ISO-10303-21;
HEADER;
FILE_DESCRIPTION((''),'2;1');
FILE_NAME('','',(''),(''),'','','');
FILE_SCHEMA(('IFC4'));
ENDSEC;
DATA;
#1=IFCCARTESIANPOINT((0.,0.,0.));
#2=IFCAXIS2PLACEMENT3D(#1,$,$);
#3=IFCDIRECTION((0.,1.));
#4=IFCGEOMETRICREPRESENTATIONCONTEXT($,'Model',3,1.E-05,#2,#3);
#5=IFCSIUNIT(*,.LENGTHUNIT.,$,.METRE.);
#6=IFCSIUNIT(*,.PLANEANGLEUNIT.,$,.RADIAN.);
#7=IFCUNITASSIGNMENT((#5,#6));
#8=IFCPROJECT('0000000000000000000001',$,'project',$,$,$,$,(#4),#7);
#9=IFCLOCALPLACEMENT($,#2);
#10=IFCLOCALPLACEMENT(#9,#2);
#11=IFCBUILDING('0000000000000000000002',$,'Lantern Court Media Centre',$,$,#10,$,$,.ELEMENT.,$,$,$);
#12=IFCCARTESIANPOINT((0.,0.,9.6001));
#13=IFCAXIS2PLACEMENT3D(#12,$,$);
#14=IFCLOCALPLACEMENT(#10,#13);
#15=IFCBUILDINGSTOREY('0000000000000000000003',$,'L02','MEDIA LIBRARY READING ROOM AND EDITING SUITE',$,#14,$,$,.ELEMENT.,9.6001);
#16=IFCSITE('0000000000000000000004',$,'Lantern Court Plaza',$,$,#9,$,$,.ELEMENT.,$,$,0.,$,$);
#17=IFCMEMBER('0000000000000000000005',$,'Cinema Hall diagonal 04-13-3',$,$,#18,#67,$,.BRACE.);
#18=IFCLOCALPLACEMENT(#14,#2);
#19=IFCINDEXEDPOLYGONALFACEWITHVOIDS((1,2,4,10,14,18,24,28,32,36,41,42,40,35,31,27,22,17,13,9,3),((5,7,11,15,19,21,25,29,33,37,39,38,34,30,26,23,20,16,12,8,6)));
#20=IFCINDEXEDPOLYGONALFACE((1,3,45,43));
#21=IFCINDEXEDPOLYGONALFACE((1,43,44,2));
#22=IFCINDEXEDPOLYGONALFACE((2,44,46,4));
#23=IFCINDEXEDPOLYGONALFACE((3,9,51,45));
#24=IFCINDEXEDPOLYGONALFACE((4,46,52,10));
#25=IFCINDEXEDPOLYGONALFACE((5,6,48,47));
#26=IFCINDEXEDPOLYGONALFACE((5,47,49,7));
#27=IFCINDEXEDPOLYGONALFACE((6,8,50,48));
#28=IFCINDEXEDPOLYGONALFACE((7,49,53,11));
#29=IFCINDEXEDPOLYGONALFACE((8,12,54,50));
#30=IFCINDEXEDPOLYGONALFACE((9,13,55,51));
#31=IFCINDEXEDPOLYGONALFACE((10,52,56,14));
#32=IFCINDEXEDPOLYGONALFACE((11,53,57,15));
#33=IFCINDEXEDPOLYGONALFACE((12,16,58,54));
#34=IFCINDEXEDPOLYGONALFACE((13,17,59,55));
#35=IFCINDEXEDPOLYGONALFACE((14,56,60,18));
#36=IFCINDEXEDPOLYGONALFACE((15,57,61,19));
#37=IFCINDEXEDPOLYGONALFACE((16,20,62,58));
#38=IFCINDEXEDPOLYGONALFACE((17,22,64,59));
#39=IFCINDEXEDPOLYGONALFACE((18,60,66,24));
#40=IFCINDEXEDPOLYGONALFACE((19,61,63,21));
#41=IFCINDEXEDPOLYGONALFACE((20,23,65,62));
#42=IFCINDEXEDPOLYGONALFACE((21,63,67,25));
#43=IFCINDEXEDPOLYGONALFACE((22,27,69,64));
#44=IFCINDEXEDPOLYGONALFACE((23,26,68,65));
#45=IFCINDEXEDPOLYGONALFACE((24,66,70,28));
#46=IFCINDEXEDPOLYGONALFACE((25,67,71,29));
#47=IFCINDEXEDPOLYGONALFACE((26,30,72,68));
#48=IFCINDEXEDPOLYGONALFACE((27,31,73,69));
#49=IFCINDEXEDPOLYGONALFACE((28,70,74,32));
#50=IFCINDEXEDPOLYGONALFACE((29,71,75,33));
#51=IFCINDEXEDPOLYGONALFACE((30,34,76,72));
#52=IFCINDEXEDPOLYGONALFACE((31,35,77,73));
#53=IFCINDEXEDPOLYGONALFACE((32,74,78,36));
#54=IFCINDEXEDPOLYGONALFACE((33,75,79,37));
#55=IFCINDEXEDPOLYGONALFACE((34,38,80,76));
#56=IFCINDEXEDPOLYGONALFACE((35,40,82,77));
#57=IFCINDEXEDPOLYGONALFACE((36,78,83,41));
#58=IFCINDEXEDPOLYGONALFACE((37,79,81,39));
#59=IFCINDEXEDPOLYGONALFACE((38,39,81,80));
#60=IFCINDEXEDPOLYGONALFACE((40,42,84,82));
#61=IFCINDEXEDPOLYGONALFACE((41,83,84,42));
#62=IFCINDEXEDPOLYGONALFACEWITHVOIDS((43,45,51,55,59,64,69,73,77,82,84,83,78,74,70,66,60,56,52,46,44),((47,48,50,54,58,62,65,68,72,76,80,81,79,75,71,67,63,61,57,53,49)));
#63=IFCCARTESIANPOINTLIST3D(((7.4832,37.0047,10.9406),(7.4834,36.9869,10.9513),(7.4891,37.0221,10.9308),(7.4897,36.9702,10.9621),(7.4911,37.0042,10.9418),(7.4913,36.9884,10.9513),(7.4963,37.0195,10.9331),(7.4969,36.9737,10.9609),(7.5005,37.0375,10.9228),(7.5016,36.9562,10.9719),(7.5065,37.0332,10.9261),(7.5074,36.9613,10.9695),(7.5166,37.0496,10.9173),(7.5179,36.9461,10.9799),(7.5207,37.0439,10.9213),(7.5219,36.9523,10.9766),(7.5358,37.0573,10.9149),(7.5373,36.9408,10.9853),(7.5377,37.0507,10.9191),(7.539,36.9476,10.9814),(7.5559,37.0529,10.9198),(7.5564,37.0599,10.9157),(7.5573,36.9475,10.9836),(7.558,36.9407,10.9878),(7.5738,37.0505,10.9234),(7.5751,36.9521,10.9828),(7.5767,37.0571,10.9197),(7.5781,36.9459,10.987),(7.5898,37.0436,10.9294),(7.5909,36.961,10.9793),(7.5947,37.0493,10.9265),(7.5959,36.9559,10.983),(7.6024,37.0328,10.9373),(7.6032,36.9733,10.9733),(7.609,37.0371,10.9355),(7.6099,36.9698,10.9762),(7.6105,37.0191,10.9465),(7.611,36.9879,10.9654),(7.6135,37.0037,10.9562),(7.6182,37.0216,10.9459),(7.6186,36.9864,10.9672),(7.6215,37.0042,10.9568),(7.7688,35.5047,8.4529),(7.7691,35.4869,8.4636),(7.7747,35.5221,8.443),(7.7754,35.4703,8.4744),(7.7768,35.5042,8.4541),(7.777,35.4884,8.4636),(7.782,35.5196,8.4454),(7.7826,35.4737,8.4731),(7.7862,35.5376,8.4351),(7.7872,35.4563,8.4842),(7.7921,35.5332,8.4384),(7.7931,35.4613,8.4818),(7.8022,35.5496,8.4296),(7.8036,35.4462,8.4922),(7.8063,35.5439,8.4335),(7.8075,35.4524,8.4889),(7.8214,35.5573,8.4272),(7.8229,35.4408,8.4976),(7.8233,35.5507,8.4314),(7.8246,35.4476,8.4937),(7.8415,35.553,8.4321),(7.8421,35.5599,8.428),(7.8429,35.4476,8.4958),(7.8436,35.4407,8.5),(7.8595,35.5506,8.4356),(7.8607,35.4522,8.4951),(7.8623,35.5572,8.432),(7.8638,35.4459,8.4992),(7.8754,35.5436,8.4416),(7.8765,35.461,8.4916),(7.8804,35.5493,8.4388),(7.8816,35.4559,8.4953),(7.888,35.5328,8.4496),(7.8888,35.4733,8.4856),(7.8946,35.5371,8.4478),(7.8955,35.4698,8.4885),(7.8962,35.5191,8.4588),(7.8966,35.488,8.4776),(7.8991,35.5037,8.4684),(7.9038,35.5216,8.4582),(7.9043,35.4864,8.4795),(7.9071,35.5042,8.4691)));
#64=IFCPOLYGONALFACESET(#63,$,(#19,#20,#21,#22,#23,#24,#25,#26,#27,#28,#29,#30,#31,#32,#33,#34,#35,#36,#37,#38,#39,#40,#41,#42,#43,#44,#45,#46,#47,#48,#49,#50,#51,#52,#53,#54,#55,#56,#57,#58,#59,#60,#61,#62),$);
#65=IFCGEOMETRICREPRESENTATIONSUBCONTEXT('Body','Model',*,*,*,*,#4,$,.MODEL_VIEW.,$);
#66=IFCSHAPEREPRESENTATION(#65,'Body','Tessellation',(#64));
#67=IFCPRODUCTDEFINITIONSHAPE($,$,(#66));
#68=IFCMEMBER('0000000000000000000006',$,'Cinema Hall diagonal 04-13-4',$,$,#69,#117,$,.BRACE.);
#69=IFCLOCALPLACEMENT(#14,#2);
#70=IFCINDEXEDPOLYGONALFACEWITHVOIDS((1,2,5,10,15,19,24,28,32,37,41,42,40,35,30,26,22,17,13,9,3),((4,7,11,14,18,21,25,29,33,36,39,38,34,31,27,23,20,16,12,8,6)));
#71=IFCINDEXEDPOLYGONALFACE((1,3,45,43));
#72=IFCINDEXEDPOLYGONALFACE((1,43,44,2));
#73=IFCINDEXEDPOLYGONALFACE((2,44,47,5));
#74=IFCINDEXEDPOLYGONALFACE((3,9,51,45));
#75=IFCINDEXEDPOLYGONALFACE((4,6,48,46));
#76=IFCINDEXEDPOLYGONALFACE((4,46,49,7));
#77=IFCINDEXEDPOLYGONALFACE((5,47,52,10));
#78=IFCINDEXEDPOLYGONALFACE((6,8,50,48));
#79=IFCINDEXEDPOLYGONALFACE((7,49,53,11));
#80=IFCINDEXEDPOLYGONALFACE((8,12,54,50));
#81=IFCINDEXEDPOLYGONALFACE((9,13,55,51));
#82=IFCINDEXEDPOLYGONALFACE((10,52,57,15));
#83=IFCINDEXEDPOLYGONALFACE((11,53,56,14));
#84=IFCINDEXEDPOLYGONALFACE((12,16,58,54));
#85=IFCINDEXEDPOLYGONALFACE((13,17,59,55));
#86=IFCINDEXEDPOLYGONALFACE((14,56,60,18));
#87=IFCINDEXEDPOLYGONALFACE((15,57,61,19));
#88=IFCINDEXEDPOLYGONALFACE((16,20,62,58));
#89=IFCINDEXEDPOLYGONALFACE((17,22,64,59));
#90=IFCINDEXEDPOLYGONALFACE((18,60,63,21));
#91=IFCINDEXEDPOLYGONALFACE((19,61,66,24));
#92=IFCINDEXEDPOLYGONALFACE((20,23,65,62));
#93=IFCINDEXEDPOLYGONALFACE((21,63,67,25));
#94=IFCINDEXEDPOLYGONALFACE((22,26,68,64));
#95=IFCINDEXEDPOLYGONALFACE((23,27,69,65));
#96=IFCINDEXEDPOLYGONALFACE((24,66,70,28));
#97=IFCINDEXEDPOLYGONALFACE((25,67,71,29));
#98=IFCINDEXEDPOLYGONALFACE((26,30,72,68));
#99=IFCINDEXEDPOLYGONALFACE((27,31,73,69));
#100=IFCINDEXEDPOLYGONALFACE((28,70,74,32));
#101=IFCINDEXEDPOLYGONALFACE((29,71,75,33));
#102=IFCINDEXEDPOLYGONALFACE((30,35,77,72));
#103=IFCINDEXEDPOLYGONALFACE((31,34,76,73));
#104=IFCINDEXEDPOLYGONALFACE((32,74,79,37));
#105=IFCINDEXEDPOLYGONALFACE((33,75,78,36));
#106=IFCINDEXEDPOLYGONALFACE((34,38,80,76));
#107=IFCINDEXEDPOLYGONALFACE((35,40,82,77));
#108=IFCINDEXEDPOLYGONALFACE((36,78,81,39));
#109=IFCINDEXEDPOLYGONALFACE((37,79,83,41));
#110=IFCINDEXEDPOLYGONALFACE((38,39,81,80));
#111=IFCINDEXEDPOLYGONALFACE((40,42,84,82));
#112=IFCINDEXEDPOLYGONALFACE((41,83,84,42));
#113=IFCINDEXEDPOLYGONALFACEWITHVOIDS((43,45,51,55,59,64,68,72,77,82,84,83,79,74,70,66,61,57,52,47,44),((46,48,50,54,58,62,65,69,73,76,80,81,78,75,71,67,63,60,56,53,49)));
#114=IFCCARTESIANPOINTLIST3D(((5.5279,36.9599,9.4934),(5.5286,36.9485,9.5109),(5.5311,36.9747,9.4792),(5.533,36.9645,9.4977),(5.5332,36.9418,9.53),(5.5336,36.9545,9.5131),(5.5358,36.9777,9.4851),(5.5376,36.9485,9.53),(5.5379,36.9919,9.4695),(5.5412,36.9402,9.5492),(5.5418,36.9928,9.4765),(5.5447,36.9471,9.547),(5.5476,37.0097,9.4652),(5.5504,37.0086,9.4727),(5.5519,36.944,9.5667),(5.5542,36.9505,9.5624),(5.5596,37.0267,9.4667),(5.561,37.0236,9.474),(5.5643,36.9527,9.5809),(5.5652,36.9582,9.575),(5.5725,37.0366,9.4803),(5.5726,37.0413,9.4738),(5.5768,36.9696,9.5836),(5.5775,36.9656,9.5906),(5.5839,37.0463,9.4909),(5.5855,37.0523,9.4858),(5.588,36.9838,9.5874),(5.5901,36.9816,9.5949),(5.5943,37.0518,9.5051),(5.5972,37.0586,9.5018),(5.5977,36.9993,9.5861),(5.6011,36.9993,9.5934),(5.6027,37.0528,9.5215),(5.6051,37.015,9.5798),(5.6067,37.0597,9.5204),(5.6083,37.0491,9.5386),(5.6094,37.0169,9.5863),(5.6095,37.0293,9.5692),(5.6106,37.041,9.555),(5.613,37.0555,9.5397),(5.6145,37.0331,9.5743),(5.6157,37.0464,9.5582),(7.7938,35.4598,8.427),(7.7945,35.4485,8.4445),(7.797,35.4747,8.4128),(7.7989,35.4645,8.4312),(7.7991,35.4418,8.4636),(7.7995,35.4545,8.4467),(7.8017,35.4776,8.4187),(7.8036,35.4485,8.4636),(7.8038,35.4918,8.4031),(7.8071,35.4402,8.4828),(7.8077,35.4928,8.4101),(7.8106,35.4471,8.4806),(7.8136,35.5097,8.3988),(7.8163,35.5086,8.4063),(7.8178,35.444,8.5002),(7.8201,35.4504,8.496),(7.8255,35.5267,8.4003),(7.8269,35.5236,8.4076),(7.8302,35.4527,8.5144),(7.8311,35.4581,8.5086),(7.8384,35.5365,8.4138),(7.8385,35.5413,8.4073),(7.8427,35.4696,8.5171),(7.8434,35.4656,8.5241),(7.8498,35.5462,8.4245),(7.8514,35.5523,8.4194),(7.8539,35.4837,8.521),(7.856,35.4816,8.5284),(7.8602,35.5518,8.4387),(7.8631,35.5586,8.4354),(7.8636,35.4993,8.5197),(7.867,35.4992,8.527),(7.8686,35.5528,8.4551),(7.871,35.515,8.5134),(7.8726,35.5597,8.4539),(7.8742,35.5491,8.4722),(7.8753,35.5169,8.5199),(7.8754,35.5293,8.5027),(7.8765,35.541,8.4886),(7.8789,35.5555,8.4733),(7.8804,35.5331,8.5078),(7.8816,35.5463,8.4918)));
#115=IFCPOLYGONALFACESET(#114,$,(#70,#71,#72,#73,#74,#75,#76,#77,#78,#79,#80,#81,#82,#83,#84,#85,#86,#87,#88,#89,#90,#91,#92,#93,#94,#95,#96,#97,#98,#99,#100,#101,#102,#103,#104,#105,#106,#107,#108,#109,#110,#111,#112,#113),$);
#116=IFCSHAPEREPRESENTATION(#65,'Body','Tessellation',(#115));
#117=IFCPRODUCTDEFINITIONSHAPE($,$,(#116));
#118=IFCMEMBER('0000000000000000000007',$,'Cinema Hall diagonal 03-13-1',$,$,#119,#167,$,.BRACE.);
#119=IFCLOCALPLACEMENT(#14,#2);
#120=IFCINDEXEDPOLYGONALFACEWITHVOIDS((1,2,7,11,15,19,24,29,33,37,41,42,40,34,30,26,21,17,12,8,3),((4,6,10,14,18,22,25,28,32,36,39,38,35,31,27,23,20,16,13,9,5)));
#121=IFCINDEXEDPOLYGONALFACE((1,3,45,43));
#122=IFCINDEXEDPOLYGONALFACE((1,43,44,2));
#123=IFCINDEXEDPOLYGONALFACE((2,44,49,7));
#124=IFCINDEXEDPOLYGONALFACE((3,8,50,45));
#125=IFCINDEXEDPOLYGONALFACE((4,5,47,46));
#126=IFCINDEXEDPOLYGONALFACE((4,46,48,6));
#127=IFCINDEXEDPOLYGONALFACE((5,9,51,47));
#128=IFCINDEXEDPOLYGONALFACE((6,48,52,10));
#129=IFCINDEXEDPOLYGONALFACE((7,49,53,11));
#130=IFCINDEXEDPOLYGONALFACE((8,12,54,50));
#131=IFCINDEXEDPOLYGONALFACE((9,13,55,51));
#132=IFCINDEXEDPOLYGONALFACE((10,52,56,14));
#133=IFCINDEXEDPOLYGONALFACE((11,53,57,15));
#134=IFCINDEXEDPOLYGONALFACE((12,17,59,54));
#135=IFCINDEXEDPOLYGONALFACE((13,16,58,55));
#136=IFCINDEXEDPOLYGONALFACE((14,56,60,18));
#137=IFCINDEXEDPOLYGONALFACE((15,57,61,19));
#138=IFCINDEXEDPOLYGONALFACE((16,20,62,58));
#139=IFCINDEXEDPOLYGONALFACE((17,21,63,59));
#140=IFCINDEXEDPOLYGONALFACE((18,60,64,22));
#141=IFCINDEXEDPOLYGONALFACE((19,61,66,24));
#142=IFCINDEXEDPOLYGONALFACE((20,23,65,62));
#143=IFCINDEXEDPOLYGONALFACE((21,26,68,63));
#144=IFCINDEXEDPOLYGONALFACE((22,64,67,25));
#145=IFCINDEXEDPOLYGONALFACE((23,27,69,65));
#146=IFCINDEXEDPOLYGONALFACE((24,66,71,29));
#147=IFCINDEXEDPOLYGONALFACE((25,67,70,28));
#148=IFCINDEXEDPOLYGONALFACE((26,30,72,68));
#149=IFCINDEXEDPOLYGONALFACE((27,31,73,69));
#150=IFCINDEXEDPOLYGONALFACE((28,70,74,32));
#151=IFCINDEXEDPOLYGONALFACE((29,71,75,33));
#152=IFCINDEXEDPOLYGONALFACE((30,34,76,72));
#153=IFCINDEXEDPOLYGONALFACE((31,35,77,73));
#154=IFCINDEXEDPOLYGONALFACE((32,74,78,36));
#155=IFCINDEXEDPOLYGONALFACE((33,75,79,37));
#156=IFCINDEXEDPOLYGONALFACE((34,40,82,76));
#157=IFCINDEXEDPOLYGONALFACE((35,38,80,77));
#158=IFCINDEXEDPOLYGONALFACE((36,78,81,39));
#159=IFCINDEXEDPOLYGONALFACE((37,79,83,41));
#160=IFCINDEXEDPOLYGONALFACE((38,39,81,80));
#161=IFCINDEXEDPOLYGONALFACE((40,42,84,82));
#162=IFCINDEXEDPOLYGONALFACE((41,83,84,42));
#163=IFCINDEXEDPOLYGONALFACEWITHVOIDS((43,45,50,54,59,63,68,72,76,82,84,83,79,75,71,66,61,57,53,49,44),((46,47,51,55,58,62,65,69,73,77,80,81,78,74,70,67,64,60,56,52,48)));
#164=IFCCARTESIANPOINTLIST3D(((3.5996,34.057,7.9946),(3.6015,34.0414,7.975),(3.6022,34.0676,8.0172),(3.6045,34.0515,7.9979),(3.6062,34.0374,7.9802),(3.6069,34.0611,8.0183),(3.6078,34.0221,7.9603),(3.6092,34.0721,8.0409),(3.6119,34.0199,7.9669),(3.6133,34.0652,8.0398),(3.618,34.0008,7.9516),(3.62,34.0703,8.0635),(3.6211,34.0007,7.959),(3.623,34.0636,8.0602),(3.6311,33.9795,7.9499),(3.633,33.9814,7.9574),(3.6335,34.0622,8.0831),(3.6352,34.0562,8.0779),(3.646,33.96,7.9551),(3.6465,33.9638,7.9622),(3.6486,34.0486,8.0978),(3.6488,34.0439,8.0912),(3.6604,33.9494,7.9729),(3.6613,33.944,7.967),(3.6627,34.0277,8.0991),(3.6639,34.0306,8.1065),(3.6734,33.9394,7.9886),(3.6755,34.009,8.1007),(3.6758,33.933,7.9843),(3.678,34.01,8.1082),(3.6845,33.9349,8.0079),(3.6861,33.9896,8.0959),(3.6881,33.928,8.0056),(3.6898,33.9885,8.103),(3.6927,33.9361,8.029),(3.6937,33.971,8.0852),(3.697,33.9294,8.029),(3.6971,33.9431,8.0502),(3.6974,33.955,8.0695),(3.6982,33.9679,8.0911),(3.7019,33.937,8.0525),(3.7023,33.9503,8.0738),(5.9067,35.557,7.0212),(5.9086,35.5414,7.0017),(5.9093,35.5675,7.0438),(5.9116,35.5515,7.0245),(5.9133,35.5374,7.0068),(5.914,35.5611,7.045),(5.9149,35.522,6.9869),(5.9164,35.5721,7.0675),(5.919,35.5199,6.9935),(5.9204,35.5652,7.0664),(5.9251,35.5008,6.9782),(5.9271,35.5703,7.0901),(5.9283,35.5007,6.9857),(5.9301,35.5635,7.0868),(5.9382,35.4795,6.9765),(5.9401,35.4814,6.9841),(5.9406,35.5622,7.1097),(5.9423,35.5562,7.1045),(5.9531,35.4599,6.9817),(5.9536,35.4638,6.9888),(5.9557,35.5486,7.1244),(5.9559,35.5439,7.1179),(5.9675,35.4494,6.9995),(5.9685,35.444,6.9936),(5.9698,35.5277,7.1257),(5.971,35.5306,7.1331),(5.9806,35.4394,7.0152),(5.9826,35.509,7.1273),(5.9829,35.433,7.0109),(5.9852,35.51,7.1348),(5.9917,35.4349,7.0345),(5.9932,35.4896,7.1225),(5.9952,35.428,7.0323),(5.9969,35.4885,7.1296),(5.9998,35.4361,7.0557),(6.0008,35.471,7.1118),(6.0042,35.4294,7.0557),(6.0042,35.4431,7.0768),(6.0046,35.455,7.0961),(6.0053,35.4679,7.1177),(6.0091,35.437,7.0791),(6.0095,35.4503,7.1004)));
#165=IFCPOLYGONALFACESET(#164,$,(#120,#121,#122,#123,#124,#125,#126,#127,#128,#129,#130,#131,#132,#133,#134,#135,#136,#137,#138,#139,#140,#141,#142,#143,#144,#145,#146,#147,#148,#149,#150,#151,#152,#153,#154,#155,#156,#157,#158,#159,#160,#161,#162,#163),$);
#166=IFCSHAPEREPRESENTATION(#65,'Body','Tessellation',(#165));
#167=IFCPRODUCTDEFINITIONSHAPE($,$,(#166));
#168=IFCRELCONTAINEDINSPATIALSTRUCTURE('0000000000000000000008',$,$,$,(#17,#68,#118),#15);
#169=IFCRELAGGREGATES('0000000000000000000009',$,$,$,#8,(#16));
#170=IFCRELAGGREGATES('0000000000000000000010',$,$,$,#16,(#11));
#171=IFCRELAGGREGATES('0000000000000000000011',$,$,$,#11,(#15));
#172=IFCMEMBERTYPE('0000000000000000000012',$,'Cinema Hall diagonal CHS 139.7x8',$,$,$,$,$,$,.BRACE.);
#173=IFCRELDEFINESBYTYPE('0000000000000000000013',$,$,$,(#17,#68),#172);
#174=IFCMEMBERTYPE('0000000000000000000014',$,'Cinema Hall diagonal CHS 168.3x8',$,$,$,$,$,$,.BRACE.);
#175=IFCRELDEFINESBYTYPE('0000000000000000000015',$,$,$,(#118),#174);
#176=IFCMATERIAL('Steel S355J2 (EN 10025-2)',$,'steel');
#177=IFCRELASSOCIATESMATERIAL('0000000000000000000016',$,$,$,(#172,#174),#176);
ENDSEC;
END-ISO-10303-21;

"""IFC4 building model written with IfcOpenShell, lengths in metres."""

from ifc_helpers import new_model, si_unit, direction, frame, origin, origin_2d, place, context, subcontext, project, spatial, hollow_circle, extrude, material, material_profile, profile_set, type_object, element, save


model = new_model("IFC4")

# Units and contexts
model_context = context("Model", 3, precision=1e-05, world=origin(), true_north=direction((0.0, 1.0)))
body_context = subcontext(model_context, "Body", "Model", "MODEL_VIEW")
ifc_project = project(units=[si_unit("LENGTHUNIT", "METRE"), si_unit("PLANEANGLEUNIT", "RADIAN")], contexts=[model_context])

# Site, building, storey
site_placement = place(None, origin())
site = spatial("IfcSite", under=ifc_project, at=site_placement, Name="Lantern Court Plaza", CompositionType="ELEMENT", RefElevation=0.0)
building_placement = place(site_placement, origin())
building = spatial("IfcBuilding", under=site, at=building_placement, Name="Lantern Court Media Centre", CompositionType="ELEMENT")
storey_placement = place(building_placement, frame((0.0, 0.0, 9.6001)))
storey = spatial("IfcBuildingStorey", under=building, at=storey_placement, Name="L02", Description="MEDIA LIBRARY READING ROOM AND EDITING SUITE", CompositionType="ELEMENT", Elevation=9.6001)

# Members
ifc_material = material(Name="Steel S355J2 (EN 10025-2)", Category="steel")
ifc_material_profile_1 = material_profile(ifc_material, hollow_circle(Radius=0.0698, WallThickness=0.0081, at=origin_2d()), Name="Cinema Hall diagonal CHS 139.7x8")
ifc_profile_set_1 = profile_set([ifc_material_profile_1], Name="Steel S355J2 (EN 10025-2)")
member_type_1 = type_object("IfcMemberType", Name="Cinema Hall diagonal CHS 139.7x8", PredefinedType="BRACE", material=ifc_profile_set_1)
for number, where, z_axis, x_axis, name in (
    (1, (7.8376, 35.5, 8.4636), (-0.097856, 0.51387, 0.852268), (-0.982347, -0.187068, 0.0), "Cinema Hall diagonal 04-13-3"),
):
    element("IfcMember", number, at=place(storey_placement, frame(where, z_axis=z_axis, x_axis=x_axis)), inside=storey, type_object=member_type_1, Name=name, PredefinedType="BRACE", context=body_context, shape_type="SweptSolid", body=[
        extrude(hollow_circle(Radius=0.0698, WallThickness=0.0081, at=origin_2d()), origin(), (0.0, 0.0, 1.0), 2.9189),
    ])
member_1_placement = place(storey_placement, frame((7.8376, 35.5, 8.4636), z_axis=(-0.776211, 0.51385, 0.365315), x_axis=(-0.552002, -0.833843, 0.0)))
element("IfcMember", 2, at=member_1_placement, inside=storey, type_object=member_type_1, Name="Cinema Hall diagonal 04-13-4", PredefinedType="BRACE", context=body_context, shape_type="SweptSolid", body=[
    extrude(hollow_circle(Radius=0.0698, WallThickness=0.0081, at=origin_2d()), origin(), (0.0, 0.0, 1.0), 2.9192),
])
ifc_material_profile_2 = material_profile(ifc_material, hollow_circle(Radius=0.0842, WallThickness=0.0081, at=origin_2d()), Name="Cinema Hall diagonal CHS 168.3x8")
ifc_profile_set_2 = profile_set([ifc_material_profile_2], Name="Steel S355J2 (EN 10025-2)")
member_type_2 = type_object("IfcMemberType", Name="Cinema Hall diagonal CHS 168.3x8", PredefinedType="BRACE", material=ifc_profile_set_2)
member_2_placement = place(storey_placement, frame((5.9583, 35.5, 7.0557), z_axis=(-0.790394, -0.513882, 0.333471), x_axis=(0.545082, -0.838383, 0.0)))
element("IfcMember", 3, at=member_2_placement, inside=storey, type_object=member_type_2, Name="Cinema Hall diagonal 03-13-1", PredefinedType="BRACE", context=body_context, shape_type="SweptSolid", body=[
    extrude(hollow_circle(Radius=0.0842, WallThickness=0.0081, at=origin_2d()), origin(), (0.0, 0.0, 1.0), 2.9189),
])

save(model, "model.ifc")
